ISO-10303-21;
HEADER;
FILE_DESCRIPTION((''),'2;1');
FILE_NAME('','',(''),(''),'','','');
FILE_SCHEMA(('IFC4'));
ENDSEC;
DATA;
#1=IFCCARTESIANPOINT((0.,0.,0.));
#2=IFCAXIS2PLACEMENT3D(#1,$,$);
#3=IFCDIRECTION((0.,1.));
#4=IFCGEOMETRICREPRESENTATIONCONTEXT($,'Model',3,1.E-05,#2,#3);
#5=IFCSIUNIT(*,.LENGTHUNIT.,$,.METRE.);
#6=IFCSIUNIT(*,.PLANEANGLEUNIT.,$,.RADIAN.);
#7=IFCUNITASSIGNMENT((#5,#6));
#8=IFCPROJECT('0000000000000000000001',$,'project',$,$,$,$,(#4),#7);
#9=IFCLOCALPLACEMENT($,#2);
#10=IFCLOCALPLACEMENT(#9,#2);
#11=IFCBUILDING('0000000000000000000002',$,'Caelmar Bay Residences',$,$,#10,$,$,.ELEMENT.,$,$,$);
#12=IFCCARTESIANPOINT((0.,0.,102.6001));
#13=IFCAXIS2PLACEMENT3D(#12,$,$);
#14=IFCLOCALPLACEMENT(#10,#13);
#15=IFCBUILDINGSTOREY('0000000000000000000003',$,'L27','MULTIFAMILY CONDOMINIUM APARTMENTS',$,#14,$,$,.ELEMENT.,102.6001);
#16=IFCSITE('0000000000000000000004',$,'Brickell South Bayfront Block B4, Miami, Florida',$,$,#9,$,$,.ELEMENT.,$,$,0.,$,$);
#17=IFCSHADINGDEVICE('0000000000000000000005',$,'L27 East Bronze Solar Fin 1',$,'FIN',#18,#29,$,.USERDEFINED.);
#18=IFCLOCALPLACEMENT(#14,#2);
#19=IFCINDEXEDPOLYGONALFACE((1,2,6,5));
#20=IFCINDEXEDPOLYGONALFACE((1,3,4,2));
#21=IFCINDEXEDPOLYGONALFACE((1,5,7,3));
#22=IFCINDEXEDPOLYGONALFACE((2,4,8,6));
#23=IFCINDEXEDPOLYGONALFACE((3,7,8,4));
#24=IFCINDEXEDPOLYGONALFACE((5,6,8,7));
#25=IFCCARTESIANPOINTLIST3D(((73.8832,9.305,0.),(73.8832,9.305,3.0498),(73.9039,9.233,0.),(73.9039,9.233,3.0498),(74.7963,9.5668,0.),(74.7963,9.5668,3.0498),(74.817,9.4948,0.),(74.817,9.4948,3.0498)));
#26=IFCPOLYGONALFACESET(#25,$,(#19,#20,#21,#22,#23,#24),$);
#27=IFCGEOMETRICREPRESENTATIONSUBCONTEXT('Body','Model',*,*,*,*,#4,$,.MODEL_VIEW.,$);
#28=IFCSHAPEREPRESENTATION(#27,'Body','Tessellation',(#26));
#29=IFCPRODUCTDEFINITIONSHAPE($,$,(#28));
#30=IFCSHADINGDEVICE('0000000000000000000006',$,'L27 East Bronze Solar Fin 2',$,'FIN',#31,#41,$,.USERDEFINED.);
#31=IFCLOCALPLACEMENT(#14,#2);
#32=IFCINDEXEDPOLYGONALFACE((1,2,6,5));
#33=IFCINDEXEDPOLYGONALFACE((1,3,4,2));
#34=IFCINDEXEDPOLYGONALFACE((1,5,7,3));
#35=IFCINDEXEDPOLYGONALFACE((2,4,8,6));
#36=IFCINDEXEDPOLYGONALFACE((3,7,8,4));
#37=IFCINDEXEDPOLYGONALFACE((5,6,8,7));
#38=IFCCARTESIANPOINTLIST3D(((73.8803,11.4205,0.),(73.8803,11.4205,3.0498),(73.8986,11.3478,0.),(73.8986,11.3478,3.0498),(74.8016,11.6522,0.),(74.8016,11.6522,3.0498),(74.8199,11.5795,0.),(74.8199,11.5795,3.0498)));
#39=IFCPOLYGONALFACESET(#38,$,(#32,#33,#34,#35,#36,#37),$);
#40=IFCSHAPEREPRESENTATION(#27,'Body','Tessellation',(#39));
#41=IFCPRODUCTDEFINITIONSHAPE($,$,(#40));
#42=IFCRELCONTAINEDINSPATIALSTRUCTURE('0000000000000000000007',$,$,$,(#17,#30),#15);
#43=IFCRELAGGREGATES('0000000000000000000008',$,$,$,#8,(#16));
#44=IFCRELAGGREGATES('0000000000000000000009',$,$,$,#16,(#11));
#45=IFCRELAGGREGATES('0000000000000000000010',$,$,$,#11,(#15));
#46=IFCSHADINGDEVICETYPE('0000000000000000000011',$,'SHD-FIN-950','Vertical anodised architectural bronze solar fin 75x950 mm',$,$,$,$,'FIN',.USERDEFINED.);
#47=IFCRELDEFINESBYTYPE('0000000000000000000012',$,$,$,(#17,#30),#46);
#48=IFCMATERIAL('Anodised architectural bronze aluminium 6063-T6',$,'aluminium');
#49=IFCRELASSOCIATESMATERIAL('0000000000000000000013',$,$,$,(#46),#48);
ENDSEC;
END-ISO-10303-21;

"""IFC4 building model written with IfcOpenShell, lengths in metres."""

from ifc_helpers import new_model, si_unit, direction, frame, origin, origin_2d, place, context, subcontext, project, spatial, rectangle, extrude, material, material_profile, profile_set, type_object, element, save


model = new_model("IFC4")

# Units and contexts
model_context = context("Model", 3, precision=1e-05, world=origin(), true_north=direction((0.0, 1.0)))
body_context = subcontext(model_context, "Body", "Model", "MODEL_VIEW")
ifc_project = project(units=[si_unit("LENGTHUNIT", "METRE"), si_unit("PLANEANGLEUNIT", "RADIAN")], contexts=[model_context])

# Site, building, storey
site_placement = place(None, origin())
site = spatial("IfcSite", under=ifc_project, at=site_placement, Name="Brickell South Bayfront Block B4, Miami, Florida", CompositionType="ELEMENT", RefElevation=0.0)
building_placement = place(site_placement, origin())
building = spatial("IfcBuilding", under=site, at=building_placement, Name="Caelmar Bay Residences", CompositionType="ELEMENT")
storey_placement = place(building_placement, frame((0.0, 0.0, 102.6001)))
storey = spatial("IfcBuildingStorey", under=building, at=storey_placement, Name="L27", Description="MULTIFAMILY CONDOMINIUM APARTMENTS", CompositionType="ELEMENT", Elevation=102.6001)

# Shading devices
ifc_material_1 = material(Name="Anodised architectural bronze aluminium 6063-T6", Category="aluminium")
ifc_material_profile_1 = material_profile(ifc_material_1, rectangle(XDim=0.075, YDim=0.95, at=origin_2d()), Name="BRONZE-FIN-75X950")
ifc_profile_set_1 = profile_set([ifc_material_profile_1], Name="Anodised architectural bronze aluminium 6063-T6")
shading_device_type = type_object("IfcShadingDeviceType", Name="SHD-FIN-950", Description="Vertical anodised architectural bronze solar fin 75x950 mm", ElementType="FIN", PredefinedType="USERDEFINED", material=ifc_profile_set_1)
for number, where, z_axis, x_axis, name in (
    (1, (74.3501, 9.3999, 0.0), (0.0, 0.0, 1.0), (-0.275637, 0.961262, 0.0), "L27 East Bronze Solar Fin 1"),
    (2, (74.3501, 11.5, 0.0), (0.0, 0.0, 1.0), (-0.243954, 0.969787, 0.0), "L27 East Bronze Solar Fin 2"),
):
    element("IfcShadingDevice", number, at=place(storey_placement, frame(where, z_axis=z_axis, x_axis=x_axis)), inside=storey, type_object=shading_device_type, Name=name, ObjectType="FIN", PredefinedType="USERDEFINED", context=body_context, shape_type="SweptSolid", body=[
        extrude(rectangle(XDim=0.075, YDim=0.95, at=origin_2d()), origin(), (0.0, 0.0, 1.0), 3.0498),
    ])

save(model, "model.ifc")
